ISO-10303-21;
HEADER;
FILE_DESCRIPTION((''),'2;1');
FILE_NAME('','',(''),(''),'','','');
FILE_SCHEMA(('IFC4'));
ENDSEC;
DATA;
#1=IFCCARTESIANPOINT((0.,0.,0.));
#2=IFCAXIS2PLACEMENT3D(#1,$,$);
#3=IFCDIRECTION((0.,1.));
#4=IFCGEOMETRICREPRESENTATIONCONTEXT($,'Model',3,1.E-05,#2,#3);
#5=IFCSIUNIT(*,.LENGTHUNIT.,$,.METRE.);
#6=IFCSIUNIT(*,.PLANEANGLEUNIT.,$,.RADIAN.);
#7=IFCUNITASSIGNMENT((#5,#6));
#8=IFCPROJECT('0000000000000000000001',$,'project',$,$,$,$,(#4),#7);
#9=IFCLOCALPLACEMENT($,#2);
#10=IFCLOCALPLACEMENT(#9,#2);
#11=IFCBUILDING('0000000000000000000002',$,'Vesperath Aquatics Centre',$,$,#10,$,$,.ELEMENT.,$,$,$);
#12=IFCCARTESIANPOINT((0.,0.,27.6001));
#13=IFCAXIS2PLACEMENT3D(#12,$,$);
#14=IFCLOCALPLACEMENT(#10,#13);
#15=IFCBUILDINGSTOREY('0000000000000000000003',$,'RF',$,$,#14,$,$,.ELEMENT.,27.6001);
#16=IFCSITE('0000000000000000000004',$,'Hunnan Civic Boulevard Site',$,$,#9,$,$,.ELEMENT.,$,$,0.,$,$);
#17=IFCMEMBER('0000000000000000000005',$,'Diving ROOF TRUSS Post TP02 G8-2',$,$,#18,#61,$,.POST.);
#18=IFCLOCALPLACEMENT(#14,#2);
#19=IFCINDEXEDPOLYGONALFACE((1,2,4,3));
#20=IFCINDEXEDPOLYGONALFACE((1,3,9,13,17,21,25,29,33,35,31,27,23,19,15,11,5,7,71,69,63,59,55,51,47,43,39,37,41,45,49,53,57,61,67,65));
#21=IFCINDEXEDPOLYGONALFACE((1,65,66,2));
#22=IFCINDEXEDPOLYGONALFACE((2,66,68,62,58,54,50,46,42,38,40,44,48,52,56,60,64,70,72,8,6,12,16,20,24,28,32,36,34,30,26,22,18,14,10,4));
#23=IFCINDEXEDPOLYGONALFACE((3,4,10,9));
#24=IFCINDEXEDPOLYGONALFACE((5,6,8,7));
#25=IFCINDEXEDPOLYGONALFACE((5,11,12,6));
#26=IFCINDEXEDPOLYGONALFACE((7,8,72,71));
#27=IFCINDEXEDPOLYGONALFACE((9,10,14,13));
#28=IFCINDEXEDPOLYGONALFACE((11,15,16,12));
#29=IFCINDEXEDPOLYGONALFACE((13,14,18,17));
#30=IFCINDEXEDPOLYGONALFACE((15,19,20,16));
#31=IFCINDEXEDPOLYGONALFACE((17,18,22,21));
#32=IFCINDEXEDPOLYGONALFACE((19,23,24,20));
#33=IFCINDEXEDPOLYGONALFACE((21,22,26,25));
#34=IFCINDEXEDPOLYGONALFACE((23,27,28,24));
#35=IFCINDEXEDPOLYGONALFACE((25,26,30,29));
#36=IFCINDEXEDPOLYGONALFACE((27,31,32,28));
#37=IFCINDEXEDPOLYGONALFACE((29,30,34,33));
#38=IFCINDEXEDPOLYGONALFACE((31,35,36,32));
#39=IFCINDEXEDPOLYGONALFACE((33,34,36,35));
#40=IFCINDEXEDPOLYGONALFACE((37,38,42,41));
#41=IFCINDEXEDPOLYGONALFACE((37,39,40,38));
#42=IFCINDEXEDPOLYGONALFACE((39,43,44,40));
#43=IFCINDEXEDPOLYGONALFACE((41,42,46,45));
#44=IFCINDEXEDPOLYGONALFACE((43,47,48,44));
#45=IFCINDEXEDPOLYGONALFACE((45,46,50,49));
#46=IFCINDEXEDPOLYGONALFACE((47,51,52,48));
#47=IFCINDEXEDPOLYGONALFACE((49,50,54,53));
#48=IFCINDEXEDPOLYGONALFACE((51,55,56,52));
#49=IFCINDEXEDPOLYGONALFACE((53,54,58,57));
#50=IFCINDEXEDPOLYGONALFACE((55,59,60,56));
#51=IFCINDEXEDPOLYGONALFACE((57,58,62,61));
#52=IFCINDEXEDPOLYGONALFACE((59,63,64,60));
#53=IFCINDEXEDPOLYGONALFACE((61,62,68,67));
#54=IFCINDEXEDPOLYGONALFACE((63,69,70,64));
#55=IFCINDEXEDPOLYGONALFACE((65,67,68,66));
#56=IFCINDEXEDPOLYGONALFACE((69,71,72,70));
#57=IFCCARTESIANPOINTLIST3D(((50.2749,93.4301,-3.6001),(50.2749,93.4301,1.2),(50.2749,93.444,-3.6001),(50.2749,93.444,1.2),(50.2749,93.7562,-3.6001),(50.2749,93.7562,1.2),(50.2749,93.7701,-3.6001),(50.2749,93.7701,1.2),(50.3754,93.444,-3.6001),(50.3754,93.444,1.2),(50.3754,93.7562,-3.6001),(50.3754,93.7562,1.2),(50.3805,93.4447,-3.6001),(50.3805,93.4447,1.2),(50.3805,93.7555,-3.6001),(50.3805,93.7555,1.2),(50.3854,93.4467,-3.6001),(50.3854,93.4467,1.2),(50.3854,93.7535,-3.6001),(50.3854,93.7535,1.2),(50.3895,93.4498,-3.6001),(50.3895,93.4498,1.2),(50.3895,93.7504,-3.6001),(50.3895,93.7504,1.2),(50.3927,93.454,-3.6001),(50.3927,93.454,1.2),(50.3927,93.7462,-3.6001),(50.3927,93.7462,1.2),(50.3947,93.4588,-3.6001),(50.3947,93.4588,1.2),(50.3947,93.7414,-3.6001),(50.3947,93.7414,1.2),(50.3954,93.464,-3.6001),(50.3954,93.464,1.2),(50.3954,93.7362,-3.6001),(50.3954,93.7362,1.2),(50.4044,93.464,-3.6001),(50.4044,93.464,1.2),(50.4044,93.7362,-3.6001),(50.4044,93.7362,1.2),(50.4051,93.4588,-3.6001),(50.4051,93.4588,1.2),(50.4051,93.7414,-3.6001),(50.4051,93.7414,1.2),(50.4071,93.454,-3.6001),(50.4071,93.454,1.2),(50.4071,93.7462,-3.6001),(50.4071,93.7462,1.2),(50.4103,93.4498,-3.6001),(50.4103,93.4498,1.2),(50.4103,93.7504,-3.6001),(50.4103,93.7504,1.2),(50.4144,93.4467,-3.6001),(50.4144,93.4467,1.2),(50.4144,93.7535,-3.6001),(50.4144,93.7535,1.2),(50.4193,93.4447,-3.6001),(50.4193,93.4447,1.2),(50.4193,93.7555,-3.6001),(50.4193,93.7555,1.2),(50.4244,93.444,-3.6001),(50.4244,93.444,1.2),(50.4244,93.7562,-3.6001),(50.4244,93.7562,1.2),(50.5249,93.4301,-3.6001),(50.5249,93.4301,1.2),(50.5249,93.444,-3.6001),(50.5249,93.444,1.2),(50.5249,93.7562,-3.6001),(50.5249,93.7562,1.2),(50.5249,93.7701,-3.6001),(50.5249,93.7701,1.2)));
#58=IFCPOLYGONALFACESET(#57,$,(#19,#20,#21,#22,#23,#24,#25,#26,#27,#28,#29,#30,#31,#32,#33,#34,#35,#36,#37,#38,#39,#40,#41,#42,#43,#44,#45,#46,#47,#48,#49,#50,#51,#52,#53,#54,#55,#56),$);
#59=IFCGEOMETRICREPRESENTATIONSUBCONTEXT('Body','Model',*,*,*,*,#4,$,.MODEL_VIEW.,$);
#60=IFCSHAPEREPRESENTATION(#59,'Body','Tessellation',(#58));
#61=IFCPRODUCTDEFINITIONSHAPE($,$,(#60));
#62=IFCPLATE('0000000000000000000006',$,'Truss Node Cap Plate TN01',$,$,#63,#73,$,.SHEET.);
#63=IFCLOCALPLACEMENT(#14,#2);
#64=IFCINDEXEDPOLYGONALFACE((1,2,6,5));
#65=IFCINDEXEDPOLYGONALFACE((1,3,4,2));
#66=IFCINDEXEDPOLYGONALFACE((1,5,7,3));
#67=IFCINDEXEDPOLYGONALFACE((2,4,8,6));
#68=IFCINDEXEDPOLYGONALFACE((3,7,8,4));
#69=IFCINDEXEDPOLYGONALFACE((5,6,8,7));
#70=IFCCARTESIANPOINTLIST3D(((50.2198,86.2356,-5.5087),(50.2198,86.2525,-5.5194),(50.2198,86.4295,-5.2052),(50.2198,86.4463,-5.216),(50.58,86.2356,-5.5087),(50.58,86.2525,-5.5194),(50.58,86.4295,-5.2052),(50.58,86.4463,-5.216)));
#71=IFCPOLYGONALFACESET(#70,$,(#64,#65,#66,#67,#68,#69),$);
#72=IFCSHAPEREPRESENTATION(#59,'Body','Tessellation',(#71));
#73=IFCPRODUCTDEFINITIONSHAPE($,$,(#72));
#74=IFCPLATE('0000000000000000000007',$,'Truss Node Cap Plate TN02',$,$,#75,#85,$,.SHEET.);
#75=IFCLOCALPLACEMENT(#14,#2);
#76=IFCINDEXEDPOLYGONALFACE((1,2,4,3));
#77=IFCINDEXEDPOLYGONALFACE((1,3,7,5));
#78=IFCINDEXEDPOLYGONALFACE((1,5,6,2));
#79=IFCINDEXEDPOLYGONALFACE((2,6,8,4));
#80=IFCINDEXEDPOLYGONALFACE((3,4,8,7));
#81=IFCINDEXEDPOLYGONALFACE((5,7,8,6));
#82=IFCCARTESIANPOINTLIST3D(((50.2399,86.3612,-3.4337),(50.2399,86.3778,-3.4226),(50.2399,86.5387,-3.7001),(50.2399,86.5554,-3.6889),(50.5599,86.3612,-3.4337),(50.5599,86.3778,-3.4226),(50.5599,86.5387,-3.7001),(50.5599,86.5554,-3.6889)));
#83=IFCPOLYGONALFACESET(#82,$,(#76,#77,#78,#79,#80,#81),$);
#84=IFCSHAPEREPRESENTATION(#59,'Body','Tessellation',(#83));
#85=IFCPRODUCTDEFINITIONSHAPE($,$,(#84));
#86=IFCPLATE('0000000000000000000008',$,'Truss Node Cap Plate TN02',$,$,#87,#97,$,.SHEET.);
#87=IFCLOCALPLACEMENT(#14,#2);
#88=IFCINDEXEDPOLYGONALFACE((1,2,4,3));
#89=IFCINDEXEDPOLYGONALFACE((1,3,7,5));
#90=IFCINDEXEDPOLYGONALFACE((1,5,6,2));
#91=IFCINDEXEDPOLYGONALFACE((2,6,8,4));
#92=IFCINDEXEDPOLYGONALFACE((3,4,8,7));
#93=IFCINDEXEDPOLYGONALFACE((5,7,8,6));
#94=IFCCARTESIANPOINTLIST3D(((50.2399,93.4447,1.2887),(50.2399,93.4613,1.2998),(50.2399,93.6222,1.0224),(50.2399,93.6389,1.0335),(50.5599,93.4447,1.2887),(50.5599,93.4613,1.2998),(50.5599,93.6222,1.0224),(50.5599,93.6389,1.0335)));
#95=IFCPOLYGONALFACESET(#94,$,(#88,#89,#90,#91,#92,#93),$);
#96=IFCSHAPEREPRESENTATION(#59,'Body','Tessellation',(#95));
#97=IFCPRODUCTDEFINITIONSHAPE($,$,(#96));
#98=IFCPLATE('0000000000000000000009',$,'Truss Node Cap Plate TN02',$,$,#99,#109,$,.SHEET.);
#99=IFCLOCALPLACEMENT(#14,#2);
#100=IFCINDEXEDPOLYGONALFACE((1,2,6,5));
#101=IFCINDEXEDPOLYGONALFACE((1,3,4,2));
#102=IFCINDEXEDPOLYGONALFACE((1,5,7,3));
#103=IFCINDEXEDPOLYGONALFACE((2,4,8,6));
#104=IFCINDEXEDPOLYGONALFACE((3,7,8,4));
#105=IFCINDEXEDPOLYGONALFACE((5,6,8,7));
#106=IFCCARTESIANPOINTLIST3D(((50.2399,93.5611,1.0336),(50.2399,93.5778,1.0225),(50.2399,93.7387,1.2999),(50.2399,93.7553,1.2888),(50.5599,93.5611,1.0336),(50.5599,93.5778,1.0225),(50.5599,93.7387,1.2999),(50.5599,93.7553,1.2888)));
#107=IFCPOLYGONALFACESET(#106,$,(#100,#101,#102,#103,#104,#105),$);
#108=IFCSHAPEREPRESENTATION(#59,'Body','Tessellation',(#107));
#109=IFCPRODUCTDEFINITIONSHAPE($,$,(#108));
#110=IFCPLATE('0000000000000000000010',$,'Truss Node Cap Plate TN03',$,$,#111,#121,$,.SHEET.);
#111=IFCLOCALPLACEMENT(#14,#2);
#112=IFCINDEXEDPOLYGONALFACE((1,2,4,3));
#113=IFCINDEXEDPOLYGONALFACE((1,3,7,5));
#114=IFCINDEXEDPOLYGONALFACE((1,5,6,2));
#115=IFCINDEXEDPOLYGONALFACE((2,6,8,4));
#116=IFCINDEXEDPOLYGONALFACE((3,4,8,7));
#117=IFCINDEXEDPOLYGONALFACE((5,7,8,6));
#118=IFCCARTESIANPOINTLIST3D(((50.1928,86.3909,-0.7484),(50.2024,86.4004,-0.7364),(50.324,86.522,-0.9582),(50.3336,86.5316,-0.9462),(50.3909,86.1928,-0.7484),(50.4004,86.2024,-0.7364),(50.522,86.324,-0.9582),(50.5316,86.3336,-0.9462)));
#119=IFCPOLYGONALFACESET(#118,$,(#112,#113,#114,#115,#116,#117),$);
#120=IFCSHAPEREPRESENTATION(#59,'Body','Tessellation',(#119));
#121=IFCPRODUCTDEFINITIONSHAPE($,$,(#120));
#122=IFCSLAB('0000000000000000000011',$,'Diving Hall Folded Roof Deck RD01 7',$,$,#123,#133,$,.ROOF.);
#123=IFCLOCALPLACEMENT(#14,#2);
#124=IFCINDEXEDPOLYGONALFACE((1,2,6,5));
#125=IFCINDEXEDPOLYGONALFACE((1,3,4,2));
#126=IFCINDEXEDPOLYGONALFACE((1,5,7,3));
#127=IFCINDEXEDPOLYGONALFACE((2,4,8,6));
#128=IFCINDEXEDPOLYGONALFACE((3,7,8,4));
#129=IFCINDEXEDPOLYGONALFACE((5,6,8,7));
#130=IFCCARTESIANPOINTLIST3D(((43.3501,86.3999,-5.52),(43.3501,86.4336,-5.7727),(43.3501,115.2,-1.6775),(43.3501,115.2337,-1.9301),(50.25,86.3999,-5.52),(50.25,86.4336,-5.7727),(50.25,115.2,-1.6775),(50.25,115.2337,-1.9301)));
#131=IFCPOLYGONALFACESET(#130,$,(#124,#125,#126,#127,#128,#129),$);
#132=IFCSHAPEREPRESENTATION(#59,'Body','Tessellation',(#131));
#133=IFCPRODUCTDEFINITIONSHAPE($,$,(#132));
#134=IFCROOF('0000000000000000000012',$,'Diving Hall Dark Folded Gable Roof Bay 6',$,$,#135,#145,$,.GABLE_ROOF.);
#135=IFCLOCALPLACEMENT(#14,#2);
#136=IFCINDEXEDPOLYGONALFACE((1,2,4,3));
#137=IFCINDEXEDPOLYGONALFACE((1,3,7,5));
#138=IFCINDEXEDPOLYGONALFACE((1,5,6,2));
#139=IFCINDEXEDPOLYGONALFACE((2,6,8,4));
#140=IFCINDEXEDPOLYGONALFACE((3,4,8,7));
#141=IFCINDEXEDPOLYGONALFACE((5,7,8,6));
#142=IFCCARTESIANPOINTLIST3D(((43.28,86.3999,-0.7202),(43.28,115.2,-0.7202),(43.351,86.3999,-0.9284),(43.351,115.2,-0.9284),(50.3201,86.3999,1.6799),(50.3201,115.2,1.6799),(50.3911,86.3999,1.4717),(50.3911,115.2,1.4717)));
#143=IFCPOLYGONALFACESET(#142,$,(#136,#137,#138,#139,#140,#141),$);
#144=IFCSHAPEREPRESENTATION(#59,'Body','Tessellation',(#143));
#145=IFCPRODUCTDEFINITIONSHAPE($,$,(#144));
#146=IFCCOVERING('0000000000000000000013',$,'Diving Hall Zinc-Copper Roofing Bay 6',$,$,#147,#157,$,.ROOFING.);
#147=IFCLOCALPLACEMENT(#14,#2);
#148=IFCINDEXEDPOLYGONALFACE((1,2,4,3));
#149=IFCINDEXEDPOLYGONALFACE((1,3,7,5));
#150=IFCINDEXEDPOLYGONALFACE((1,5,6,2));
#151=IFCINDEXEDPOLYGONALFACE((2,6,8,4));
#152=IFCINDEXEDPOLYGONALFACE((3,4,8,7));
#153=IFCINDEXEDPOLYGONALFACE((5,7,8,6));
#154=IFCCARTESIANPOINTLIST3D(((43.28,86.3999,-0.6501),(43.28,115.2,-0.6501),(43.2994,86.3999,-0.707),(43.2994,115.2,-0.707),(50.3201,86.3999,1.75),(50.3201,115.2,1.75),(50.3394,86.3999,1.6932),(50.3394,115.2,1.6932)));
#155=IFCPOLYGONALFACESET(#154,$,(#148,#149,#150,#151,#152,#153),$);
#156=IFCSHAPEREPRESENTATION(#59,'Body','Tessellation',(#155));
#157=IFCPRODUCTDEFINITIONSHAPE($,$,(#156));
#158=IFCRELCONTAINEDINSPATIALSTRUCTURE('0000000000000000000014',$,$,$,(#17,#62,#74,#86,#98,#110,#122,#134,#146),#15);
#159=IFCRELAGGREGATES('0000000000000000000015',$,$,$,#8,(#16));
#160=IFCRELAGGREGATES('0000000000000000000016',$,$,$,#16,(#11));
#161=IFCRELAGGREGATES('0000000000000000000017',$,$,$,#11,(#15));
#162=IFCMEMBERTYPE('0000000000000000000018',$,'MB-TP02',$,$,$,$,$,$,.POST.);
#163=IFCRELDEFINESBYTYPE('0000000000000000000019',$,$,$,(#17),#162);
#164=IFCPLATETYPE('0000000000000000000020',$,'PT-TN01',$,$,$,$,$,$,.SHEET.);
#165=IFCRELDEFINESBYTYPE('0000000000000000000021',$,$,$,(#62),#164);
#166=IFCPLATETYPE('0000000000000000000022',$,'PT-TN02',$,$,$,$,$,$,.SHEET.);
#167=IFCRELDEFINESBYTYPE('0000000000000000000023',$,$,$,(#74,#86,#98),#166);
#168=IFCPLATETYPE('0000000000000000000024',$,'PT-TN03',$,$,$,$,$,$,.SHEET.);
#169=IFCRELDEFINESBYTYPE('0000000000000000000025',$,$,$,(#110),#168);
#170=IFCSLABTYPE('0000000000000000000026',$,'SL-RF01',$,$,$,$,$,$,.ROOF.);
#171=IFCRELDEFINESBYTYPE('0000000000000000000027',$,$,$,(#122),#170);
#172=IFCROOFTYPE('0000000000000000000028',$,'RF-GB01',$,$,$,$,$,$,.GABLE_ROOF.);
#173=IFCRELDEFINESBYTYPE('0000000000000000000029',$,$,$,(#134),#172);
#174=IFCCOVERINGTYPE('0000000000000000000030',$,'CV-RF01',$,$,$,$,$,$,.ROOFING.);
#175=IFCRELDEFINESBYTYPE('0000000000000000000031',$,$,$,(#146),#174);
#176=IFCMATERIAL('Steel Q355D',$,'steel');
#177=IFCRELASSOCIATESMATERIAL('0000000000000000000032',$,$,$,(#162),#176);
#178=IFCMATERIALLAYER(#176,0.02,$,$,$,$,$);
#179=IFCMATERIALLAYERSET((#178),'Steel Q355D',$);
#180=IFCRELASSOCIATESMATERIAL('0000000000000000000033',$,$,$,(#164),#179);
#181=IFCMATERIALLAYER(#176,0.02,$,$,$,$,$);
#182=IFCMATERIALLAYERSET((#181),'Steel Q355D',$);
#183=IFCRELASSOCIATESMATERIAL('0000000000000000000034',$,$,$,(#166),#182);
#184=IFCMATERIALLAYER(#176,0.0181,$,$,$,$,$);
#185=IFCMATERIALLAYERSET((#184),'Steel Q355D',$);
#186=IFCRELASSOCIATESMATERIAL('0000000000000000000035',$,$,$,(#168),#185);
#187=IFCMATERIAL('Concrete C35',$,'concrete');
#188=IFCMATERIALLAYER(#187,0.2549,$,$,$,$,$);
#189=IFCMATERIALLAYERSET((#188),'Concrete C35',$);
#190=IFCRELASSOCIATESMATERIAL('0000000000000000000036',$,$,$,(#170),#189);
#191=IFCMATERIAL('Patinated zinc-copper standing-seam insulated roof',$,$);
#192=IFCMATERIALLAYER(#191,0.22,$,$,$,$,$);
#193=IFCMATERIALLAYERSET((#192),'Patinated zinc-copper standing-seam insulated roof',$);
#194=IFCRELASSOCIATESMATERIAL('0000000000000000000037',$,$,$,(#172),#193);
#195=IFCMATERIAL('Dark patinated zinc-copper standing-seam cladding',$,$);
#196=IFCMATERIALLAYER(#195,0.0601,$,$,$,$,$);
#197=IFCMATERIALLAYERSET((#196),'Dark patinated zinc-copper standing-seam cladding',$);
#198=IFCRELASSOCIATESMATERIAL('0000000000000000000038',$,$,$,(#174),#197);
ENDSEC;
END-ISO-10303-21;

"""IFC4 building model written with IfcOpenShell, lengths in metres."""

from ifc_helpers import new_model, si_unit, direction, frame, origin, origin_2d, place, context, subcontext, project, spatial, polyline, rectangle, i_section, outline, extrude, material, layer, layer_set, material_profile, profile_set, type_object, element, save


model = new_model("IFC4")

# Units and contexts
model_context = context("Model", 3, precision=1e-05, world=origin(), true_north=direction((0.0, 1.0)))
body_context = subcontext(model_context, "Body", "Model", "MODEL_VIEW")
ifc_project = project(units=[si_unit("LENGTHUNIT", "METRE"), si_unit("PLANEANGLEUNIT", "RADIAN")], contexts=[model_context])

# Site, building, storey
site_placement = place(None, origin())
site = spatial("IfcSite", under=ifc_project, at=site_placement, Name="Hunnan Civic Boulevard Site", CompositionType="ELEMENT", RefElevation=0.0)
building_placement = place(site_placement, origin())
building = spatial("IfcBuilding", under=site, at=building_placement, Name="Vesperath Aquatics Centre", CompositionType="ELEMENT")
storey_placement = place(building_placement, frame((0.0, 0.0, 27.6001)))
storey = spatial("IfcBuildingStorey", under=building, at=storey_placement, Name="RF", CompositionType="ELEMENT", Elevation=27.6001)

# Member
ifc_material_1 = material(Name="Steel Q355D", Category="steel")
ifc_material_profile_1 = material_profile(ifc_material_1, i_section(OverallWidth=0.25, OverallDepth=0.3401, WebThickness=0.009, FlangeThickness=0.0139, FilletRadius=0.02, at=origin_2d()), Name="HM 340x250x9x14")
ifc_profile_set_1 = profile_set([ifc_material_profile_1], Name="Steel Q355D")
member_type_1 = type_object("IfcMemberType", Name="MB-TP02", PredefinedType="POST", material=ifc_profile_set_1)
member_1_placement = place(storey_placement, frame((50.3999, 93.6001, -3.6001), z_axis=(0.0, 0.0, 1.0), x_axis=(1.0, 0.0, 0.0)))
element("IfcMember", 1, at=member_1_placement, inside=storey, type_object=member_type_1, Name="Diving ROOF TRUSS Post TP02 G8-2", PredefinedType="POST", context=body_context, shape_type="SweptSolid", body=[
    extrude(i_section(OverallWidth=0.25, OverallDepth=0.3401, WebThickness=0.009, FlangeThickness=0.0139, FilletRadius=0.02, at=origin_2d()), origin(), (0.0, 0.0, 1.0), 4.8),
])

# Plates
ifc_layer_1 = layer(ifc_material_1, 0.02)
ifc_layer_set_1 = layer_set([ifc_layer_1], Name="Steel Q355D")
plate_type_1 = type_object("IfcPlateType", Name="PT-TN01", PredefinedType="SHEET", material=ifc_layer_set_1)
plate_1_placement = place(storey_placement, frame((50.3999, 86.3325, -5.3569), z_axis=(0.0, 0.842696, -0.538389), x_axis=(-1.0, 0.0, 0.0)))
element("IfcPlate", 2, at=plate_1_placement, inside=storey, type_object=plate_type_1, Name="Truss Node Cap Plate TN01", PredefinedType="SHEET", context=body_context, shape_type="SweptSolid", body=[
    extrude(rectangle(XDim=0.3601, YDim=0.3601, at=origin_2d()), origin(), (0.0, 0.0, 1.0), 0.02),
])
ifc_layer_2 = layer(ifc_material_1, 0.02)
ifc_layer_set_2 = layer_set([ifc_layer_2], Name="Steel Q355D")
plate_type_2 = type_object("IfcPlateType", Name="PT-TN02", PredefinedType="SHEET", material=ifc_layer_set_2)
for number, where, z_axis, x_axis, name in (
    (3, (50.3999, 86.45, -3.5669), (0.0, 0.83205, 0.5547), (-1.0, 0.0, 0.0), "Truss Node Cap Plate TN02"),
    (4, (50.3999, 93.5334, 1.1555), (0.0, 0.83205, 0.5547), (-1.0, 0.0, 0.0), "Truss Node Cap Plate TN02"),
    (5, (50.3999, 93.6499, 1.1667), (0.0, 0.83205, -0.5547), (-1.0, 0.0, 0.0), "Truss Node Cap Plate TN02"),
):
    element("IfcPlate", number, at=place(storey_placement, frame(where, z_axis=z_axis, x_axis=x_axis)), inside=storey, type_object=plate_type_2, Name=name, PredefinedType="SHEET", context=body_context, shape_type="SweptSolid", body=[
        extrude(rectangle(XDim=0.3201, YDim=0.3201, at=origin_2d()), origin(), (0.0, 0.0, 1.0), 0.02),
    ])
ifc_layer_3 = layer(ifc_material_1, 0.0181)
ifc_layer_set_3 = layer_set([ifc_layer_3], Name="Steel Q355D")
plate_type_3 = type_object("IfcPlateType", Name="PT-TN03", PredefinedType="SHEET", material=ifc_layer_set_3)
plate_2_placement = place(storey_placement, frame((50.3574, 86.3574, -0.8533), z_axis=(0.529813, 0.529813, 0.662266), x_axis=(-0.707107, 0.707107, 0.0)))
element("IfcPlate", 6, at=plate_2_placement, inside=storey, type_object=plate_type_3, Name="Truss Node Cap Plate TN03", PredefinedType="SHEET", context=body_context, shape_type="SweptSolid", body=[
    extrude(rectangle(XDim=0.28, YDim=0.28, at=origin_2d()), origin(), (0.0, 0.0, 1.0), 0.0181),
])

# Slab
ifc_material_2 = material(Name="Concrete C35", Category="concrete")
ifc_layer_4 = layer(ifc_material_2, 0.2549)
ifc_layer_set_4 = layer_set([ifc_layer_4], Name="Concrete C35")
slab_type = type_object("IfcSlabType", Name="SL-RF01", PredefinedType="ROOF", material=ifc_layer_set_4)
slab_placement = place(storey_placement, frame((43.3501, 86.3999, -5.52), z_axis=(0.0, -0.132249, 0.991217), x_axis=(1.0, 0.0, 0.0)))
element("IfcSlab", 7, at=slab_placement, inside=storey, type_object=slab_type, Name="Diving Hall Folded Roof Deck RD01 7", PredefinedType="ROOF", context=body_context, shape_type="SweptSolid", body=[
    extrude(outline(polyline([(0.0, 0.0), (6.8999, 0.0), (6.8999, 29.0553), (0.0, 29.0553), (0.0, 0.0)])), origin(), (0.0, 0.0, -1.0), 0.2549),
])

# Roof
ifc_material_3 = material(Name="Patinated zinc-copper standing-seam insulated roof")
ifc_layer_5 = layer(ifc_material_3, 0.22)
ifc_layer_set_5 = layer_set([ifc_layer_5], Name="Patinated zinc-copper standing-seam insulated roof")
roof_type = type_object("IfcRoofType", Name="RF-GB01", PredefinedType="GABLE_ROOF", material=ifc_layer_set_5)
roof_placement = place(storey_placement, frame((43.28, 86.3999, -0.7202), z_axis=(-0.32269, 0.0, 0.946505), x_axis=(0.946505, 0.0, 0.32269)))
element("IfcRoof", 8, at=roof_placement, inside=storey, type_object=roof_type, Name="Diving Hall Dark Folded Gable Roof Bay 6", PredefinedType="GABLE_ROOF", context=body_context, shape_type="SweptSolid", body=[
    extrude(outline(polyline([(0.0, 0.0), (7.4379, 0.0), (7.4379, 28.8), (0.0, 28.8), (0.0, 0.0)])), origin(), (0.0, 0.0, -1.0), 0.22),
])

# Covering
ifc_material_4 = material(Name="Dark patinated zinc-copper standing-seam cladding")
ifc_layer_6 = layer(ifc_material_4, 0.0601)
ifc_layer_set_6 = layer_set([ifc_layer_6], Name="Dark patinated zinc-copper standing-seam cladding")
covering_type = type_object("IfcCoveringType", Name="CV-RF01", PredefinedType="ROOFING", material=ifc_layer_set_6)
covering_placement = place(storey_placement, frame((43.28, 86.3999, -0.6501), z_axis=(-0.32269, 0.0, 0.946505), x_axis=(0.946505, 0.0, 0.32269)))
element("IfcCovering", 9, at=covering_placement, inside=storey, type_object=covering_type, Name="Diving Hall Zinc-Copper Roofing Bay 6", PredefinedType="ROOFING", context=body_context, shape_type="SweptSolid", body=[
    extrude(outline(polyline([(0.0, 0.0), (7.4379, 0.0), (7.4379, 28.8), (0.0, 28.8), (0.0, 0.0)])), origin(), (0.0, 0.0, -1.0), 0.0601),
])

save(model, "model.ifc")
